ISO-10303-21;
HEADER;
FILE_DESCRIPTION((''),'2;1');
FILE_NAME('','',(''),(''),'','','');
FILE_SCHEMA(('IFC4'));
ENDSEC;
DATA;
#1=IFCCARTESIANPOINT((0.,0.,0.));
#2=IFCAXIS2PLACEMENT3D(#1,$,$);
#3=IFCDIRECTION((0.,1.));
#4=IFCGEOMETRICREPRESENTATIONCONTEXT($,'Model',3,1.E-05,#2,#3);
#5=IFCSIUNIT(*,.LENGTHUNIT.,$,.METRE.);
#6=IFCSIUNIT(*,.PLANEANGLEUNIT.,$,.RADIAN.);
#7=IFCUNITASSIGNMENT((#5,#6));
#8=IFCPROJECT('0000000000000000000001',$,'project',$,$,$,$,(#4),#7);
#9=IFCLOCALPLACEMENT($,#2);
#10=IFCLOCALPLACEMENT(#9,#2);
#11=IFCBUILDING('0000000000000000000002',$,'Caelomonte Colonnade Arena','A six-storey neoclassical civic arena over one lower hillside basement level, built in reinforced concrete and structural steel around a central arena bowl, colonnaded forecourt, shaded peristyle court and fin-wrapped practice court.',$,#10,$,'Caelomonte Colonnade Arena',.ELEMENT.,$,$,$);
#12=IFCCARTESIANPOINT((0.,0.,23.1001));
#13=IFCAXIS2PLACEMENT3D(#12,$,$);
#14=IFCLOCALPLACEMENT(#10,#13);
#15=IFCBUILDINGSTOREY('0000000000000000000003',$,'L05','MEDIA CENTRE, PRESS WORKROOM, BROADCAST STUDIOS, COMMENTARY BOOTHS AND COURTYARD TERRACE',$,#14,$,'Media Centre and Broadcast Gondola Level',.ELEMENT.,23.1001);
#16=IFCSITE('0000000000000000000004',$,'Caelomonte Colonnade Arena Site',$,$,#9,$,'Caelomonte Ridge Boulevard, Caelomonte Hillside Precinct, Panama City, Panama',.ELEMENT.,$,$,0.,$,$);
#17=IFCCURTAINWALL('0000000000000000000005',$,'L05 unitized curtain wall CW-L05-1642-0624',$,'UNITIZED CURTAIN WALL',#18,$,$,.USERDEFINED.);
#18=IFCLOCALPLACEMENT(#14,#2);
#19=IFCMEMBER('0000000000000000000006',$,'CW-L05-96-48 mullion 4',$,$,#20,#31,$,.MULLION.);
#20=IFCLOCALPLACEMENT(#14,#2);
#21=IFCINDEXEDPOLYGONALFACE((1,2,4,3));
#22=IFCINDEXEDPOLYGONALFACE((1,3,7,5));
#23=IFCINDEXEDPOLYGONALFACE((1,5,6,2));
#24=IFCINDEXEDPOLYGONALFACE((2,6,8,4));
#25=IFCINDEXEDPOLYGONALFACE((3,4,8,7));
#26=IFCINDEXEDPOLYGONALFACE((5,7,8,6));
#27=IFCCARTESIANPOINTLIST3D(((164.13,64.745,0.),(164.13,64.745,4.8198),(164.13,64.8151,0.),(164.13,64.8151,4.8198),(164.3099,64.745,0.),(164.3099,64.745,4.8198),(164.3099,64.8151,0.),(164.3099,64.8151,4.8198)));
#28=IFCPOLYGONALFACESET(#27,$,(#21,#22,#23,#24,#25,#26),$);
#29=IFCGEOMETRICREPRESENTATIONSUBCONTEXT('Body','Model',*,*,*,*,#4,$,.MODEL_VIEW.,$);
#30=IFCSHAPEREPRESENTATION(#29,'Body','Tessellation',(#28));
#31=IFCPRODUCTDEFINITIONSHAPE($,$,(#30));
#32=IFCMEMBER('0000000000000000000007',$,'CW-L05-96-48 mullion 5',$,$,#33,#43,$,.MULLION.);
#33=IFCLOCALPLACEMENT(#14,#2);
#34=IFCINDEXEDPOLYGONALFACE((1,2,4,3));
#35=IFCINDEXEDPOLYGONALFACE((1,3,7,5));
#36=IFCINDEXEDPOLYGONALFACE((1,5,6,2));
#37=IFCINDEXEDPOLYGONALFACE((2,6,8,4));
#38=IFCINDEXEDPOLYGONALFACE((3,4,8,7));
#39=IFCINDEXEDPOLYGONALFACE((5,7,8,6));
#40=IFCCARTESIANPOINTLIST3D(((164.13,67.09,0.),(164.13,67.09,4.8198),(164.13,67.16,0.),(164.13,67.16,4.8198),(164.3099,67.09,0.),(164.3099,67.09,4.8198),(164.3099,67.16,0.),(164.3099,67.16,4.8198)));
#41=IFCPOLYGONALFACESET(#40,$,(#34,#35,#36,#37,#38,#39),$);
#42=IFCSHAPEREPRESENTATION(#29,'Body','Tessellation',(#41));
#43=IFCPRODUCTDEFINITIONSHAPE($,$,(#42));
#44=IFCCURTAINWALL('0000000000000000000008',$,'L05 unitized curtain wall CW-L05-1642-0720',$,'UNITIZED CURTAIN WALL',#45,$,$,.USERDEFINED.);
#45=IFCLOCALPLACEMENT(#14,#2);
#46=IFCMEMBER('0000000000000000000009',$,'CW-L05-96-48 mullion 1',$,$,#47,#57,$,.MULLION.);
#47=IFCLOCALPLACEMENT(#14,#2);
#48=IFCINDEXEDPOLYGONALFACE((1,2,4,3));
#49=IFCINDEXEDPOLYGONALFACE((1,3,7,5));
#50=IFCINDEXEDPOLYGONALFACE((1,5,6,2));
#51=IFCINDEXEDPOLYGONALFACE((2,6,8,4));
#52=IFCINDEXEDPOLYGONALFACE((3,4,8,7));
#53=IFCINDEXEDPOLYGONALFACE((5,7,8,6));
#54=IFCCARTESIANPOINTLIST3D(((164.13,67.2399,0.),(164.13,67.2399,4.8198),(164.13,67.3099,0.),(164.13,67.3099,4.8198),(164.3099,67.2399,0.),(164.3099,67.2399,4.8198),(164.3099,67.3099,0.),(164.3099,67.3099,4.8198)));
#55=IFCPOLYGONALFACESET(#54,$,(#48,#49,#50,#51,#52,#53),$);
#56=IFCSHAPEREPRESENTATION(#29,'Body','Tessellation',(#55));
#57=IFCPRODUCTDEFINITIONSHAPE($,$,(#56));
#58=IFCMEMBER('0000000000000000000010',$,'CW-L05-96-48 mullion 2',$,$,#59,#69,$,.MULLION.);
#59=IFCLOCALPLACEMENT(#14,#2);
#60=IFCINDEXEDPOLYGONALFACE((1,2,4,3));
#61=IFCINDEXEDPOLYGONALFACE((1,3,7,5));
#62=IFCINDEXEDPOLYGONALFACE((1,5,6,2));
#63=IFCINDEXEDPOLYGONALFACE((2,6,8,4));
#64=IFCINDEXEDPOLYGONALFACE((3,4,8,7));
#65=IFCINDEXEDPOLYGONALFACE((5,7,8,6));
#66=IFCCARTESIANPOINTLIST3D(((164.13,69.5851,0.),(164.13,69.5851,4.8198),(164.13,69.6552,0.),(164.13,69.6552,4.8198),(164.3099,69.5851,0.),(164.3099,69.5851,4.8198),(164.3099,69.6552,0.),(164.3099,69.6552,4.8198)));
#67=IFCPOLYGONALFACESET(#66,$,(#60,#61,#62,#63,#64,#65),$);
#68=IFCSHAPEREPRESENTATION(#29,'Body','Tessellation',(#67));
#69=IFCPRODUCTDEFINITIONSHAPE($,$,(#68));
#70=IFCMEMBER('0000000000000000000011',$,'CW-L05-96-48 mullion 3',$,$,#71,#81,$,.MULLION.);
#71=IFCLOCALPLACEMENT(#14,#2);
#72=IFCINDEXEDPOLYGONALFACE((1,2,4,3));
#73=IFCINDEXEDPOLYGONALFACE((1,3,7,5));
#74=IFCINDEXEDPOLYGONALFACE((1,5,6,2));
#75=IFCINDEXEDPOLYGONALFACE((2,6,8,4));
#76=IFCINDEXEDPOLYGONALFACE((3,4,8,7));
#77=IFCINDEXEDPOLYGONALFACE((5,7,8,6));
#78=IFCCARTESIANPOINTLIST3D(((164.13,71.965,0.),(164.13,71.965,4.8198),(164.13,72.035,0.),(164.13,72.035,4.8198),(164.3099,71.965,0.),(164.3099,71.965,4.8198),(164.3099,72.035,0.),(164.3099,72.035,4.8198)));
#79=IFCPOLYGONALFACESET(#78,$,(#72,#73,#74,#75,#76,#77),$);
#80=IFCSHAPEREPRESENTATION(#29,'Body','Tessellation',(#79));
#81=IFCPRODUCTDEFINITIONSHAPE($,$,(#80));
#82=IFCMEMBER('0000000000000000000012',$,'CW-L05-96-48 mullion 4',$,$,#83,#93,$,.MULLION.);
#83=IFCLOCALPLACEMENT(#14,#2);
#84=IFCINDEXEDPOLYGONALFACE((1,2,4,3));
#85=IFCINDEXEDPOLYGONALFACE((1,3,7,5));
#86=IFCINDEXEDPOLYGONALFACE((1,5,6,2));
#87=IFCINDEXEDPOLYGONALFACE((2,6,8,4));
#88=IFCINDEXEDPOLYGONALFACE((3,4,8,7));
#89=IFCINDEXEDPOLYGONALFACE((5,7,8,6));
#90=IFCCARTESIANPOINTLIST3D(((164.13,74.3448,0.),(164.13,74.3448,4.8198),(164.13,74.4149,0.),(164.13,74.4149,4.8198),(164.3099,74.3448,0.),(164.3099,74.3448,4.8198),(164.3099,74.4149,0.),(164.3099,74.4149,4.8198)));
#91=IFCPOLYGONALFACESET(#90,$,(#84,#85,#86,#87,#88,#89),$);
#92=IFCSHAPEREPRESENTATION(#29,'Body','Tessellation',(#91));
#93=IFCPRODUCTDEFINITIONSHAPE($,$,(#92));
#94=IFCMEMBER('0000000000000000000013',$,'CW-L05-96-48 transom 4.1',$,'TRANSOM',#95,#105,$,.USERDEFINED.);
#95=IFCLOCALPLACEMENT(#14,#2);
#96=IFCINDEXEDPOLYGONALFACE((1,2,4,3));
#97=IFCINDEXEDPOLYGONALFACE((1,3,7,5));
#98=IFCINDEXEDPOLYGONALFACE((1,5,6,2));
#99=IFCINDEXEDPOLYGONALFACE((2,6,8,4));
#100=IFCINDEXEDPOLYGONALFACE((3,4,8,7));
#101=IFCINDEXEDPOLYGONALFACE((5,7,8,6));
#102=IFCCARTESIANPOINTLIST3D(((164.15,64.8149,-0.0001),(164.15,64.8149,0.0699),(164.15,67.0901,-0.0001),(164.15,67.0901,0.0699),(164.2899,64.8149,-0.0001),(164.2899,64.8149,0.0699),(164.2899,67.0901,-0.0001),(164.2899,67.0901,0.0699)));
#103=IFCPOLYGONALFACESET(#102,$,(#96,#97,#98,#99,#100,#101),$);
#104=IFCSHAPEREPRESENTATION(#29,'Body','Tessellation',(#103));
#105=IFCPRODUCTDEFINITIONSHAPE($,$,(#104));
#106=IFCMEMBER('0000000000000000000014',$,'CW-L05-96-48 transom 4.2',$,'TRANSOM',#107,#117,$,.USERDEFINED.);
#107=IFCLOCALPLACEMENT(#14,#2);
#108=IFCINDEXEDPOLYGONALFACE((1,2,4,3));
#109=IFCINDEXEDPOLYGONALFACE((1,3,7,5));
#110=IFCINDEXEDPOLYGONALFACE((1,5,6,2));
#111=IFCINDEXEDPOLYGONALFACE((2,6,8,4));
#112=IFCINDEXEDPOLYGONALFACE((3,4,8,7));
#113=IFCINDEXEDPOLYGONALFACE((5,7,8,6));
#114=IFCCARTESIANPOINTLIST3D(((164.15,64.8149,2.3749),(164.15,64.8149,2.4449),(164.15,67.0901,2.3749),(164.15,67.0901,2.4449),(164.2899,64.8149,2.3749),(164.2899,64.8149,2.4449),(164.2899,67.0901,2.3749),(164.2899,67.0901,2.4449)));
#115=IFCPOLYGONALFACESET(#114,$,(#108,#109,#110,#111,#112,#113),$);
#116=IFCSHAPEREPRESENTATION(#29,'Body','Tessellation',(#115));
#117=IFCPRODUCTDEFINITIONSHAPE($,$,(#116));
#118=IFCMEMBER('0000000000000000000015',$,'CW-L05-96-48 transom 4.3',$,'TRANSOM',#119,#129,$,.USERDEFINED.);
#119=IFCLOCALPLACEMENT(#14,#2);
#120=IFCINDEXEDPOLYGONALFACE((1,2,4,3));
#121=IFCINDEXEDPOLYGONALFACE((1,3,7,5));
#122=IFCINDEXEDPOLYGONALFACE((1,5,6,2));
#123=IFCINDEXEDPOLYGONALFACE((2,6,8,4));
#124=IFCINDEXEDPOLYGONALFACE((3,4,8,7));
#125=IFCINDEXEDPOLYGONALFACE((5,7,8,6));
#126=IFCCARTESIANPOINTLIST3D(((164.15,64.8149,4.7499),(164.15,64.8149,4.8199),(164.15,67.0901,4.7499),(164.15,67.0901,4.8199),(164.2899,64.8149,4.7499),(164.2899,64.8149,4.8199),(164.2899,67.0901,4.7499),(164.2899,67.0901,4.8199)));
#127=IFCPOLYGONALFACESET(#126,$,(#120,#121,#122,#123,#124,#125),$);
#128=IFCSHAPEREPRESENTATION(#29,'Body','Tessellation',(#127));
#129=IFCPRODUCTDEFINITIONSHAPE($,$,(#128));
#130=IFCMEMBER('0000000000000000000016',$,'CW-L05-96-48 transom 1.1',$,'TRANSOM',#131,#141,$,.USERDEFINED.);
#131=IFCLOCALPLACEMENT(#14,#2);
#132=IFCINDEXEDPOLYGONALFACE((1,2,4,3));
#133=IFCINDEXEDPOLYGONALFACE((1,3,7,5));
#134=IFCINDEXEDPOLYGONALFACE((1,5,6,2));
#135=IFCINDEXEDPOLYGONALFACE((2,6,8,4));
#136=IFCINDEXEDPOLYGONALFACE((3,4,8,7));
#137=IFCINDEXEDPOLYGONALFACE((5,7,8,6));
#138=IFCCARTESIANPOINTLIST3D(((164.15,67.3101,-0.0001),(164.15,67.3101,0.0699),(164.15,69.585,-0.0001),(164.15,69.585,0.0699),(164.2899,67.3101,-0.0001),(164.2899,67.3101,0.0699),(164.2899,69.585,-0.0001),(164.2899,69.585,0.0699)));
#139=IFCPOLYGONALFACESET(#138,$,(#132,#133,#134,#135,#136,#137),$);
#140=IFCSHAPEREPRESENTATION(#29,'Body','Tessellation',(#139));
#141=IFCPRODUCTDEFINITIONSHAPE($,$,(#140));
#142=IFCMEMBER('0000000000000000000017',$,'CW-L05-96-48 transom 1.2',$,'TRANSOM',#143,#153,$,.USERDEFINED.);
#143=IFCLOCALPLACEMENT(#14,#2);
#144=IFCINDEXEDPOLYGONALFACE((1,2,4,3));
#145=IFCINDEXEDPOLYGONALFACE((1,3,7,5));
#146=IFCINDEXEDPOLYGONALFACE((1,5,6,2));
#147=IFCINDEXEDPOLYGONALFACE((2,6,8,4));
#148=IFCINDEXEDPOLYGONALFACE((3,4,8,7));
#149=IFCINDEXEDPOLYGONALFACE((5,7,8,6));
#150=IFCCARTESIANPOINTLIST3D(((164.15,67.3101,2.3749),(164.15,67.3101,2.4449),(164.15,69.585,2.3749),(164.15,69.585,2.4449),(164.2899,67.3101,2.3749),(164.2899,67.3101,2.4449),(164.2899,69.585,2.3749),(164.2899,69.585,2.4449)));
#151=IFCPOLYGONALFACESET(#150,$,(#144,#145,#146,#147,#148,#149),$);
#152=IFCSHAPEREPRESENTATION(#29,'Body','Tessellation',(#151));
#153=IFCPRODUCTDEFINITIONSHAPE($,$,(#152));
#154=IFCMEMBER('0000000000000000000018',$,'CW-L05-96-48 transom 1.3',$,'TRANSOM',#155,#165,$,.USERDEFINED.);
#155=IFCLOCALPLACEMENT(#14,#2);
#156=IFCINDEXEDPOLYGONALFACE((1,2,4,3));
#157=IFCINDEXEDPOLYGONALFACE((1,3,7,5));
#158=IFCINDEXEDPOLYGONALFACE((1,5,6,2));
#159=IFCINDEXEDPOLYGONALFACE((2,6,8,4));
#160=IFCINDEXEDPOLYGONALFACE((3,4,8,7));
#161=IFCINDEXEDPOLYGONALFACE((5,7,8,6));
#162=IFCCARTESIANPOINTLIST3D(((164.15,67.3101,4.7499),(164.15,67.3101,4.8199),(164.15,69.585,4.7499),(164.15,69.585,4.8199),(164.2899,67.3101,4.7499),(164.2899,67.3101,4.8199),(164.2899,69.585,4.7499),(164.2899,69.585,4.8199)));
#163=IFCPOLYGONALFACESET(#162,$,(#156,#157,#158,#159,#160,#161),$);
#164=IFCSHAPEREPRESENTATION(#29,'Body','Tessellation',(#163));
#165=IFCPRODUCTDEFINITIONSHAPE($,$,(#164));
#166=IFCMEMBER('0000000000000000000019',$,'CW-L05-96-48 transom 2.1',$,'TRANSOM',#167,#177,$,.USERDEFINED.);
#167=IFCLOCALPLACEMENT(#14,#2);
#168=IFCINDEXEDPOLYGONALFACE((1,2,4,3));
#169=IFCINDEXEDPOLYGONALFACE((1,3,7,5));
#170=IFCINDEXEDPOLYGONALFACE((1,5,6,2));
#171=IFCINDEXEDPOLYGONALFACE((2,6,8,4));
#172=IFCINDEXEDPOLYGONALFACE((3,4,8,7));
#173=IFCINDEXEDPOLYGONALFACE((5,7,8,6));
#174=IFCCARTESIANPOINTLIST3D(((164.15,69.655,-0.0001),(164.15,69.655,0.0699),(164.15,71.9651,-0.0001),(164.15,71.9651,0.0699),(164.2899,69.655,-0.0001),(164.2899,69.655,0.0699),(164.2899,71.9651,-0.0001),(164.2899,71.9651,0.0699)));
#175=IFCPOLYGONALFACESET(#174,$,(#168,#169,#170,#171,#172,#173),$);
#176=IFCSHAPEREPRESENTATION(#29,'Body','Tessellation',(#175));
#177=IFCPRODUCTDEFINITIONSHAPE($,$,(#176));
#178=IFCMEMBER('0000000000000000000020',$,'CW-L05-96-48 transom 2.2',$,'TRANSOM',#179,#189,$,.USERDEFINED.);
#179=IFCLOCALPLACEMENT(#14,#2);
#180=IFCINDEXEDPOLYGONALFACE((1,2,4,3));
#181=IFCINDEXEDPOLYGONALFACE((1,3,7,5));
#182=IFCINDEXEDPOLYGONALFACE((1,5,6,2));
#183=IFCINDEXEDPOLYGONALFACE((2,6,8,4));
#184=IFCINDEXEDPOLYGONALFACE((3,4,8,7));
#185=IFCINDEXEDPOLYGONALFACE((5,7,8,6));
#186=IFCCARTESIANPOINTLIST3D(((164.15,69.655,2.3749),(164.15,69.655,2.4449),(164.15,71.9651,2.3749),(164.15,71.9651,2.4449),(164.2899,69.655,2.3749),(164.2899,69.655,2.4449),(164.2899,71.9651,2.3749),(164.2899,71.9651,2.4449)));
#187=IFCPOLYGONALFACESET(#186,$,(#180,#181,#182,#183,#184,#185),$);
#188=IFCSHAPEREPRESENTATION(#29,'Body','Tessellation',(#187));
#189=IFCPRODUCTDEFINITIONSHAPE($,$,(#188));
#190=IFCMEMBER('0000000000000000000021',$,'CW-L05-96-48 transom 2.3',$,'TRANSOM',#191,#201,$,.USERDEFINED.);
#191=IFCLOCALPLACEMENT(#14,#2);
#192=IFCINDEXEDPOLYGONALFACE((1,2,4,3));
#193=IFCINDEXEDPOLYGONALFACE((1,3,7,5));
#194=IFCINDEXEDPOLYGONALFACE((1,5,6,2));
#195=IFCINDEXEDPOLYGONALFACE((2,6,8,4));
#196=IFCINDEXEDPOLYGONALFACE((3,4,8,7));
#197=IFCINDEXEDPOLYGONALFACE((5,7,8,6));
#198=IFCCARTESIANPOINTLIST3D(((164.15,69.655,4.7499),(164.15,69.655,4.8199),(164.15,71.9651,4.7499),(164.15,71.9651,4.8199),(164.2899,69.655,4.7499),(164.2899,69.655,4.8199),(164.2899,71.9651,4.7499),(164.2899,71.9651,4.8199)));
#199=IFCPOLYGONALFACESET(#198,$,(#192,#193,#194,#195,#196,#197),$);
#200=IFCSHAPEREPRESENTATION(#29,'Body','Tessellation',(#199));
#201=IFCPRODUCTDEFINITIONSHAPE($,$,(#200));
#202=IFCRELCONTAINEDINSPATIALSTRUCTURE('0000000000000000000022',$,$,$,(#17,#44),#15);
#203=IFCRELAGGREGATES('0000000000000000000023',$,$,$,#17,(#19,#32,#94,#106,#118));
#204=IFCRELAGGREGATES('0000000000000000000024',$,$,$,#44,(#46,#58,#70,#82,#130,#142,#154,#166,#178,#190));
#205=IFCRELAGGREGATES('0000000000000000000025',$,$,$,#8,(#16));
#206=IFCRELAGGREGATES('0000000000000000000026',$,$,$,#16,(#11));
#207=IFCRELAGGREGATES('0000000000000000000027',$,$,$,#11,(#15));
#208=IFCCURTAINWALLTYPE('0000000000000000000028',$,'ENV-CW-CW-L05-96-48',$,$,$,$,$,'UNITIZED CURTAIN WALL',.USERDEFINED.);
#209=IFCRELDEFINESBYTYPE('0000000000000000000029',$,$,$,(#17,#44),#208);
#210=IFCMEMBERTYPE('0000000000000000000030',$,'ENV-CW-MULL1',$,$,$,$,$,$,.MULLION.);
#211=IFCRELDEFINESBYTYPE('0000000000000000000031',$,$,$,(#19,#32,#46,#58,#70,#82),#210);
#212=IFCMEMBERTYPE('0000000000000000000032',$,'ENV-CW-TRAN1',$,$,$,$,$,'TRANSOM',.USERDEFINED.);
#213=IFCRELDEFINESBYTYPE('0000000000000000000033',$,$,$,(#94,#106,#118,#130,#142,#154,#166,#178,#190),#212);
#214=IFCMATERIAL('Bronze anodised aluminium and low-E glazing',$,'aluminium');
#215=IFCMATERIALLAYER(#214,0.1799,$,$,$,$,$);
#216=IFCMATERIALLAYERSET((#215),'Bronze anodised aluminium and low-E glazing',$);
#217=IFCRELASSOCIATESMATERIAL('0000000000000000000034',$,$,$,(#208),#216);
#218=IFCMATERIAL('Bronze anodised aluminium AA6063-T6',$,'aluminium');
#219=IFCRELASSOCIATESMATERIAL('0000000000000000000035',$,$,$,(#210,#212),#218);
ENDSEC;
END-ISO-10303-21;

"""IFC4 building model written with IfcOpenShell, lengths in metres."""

from ifc_helpers import new_model, si_unit, direction, frame, origin, origin_2d, place, context, subcontext, project, spatial, rectangle, extrude, material, layer, layer_set, material_profile, profile_set, type_object, element, aggregate, save


model = new_model("IFC4")

# Units and contexts
model_context = context("Model", 3, precision=1e-05, world=origin(), true_north=direction((0.0, 1.0)))
body_context = subcontext(model_context, "Body", "Model", "MODEL_VIEW")
ifc_project = project(units=[si_unit("LENGTHUNIT", "METRE"), si_unit("PLANEANGLEUNIT", "RADIAN")], contexts=[model_context])

# Site, building, storey
site_placement = place(None, origin())
site = spatial("IfcSite", under=ifc_project, at=site_placement, Name="Caelomonte Colonnade Arena Site", LongName="Caelomonte Ridge Boulevard, Caelomonte Hillside Precinct, Panama City, Panama", CompositionType="ELEMENT", RefElevation=0.0)
building_placement = place(site_placement, origin())
building = spatial("IfcBuilding", under=site, at=building_placement, Name="Caelomonte Colonnade Arena", Description="A six-storey neoclassical civic arena over one lower hillside basement level, built in reinforced concrete and structural steel around a central arena bowl, colonnaded forecourt, shaded peristyle court and fin-wrapped practice court.", LongName="Caelomonte Colonnade Arena", CompositionType="ELEMENT")
storey_placement = place(building_placement, frame((0.0, 0.0, 23.1001)))
storey = spatial("IfcBuildingStorey", under=building, at=storey_placement, Name="L05", Description="MEDIA CENTRE, PRESS WORKROOM, BROADCAST STUDIOS, COMMENTARY BOOTHS AND COURTYARD TERRACE", LongName="Media Centre and Broadcast Gondola Level", CompositionType="ELEMENT", Elevation=23.1001)

# Curtain walls, members
ifc_material_1 = material(Name="Bronze anodised aluminium and low-E glazing", Category="aluminium")
ifc_layer_1 = layer(ifc_material_1, 0.1799)
ifc_layer_set_1 = layer_set([ifc_layer_1], Name="Bronze anodised aluminium and low-E glazing")
curtain_wall_type = type_object("IfcCurtainWallType", Name="ENV-CW-CW-L05-96-48", ElementType="UNITIZED CURTAIN WALL", PredefinedType="USERDEFINED", material=ifc_layer_set_1)
curtain_wall_1_placement = place(storey_placement, origin())
curtain_wall_1 = element("IfcCurtainWall", 1, at=curtain_wall_1_placement, inside=storey, type_object=curtain_wall_type, Name="L05 unitized curtain wall CW-L05-1642-0624", ObjectType="UNITIZED CURTAIN WALL", PredefinedType="USERDEFINED")
ifc_material_2 = material(Name="Bronze anodised aluminium AA6063-T6", Category="aluminium")
ifc_material_profile_1 = material_profile(ifc_material_2, rectangle(XDim=0.0701, YDim=0.1799, at=origin_2d()), Name="CWM-70X180")
ifc_profile_set_1 = profile_set([ifc_material_profile_1], Name="Bronze anodised aluminium AA6063-T6")
member_type_1 = type_object("IfcMemberType", Name="ENV-CW-MULL1", PredefinedType="MULLION", material=ifc_profile_set_1)
member_1_placement = place(storey_placement, frame((164.22, 64.78, 0.0), z_axis=(0.0, 0.0, 1.0), x_axis=(0.0, 1.0, 0.0)))
member_1 = element("IfcMember", 2, at=member_1_placement, type_object=member_type_1, Name="CW-L05-96-48 mullion 4", PredefinedType="MULLION", context=body_context, shape_type="SweptSolid", body=[
    extrude(rectangle(XDim=0.0701, YDim=0.1799, at=origin_2d()), origin(), (0.0, 0.0, 1.0), 4.8198),
])
member_2_placement = place(storey_placement, frame((164.22, 67.125, 0.0), z_axis=(0.0, 0.0, 1.0), x_axis=(0.0, 1.0, 0.0)))
member_2 = element("IfcMember", 3, at=member_2_placement, type_object=member_type_1, Name="CW-L05-96-48 mullion 5", PredefinedType="MULLION", context=body_context, shape_type="SweptSolid", body=[
    extrude(rectangle(XDim=0.0701, YDim=0.1799, at=origin_2d()), origin(), (0.0, 0.0, 1.0), 4.8198),
])
curtain_wall_2_placement = place(storey_placement, origin())
curtain_wall_2 = element("IfcCurtainWall", 4, at=curtain_wall_2_placement, inside=storey, type_object=curtain_wall_type, Name="L05 unitized curtain wall CW-L05-1642-0720", ObjectType="UNITIZED CURTAIN WALL", PredefinedType="USERDEFINED")
member_3_placement = place(storey_placement, frame((164.22, 67.2749, 0.0), z_axis=(0.0, 0.0, 1.0), x_axis=(0.0, 1.0, 0.0)))
member_3 = element("IfcMember", 5, at=member_3_placement, type_object=member_type_1, Name="CW-L05-96-48 mullion 1", PredefinedType="MULLION", context=body_context, shape_type="SweptSolid", body=[
    extrude(rectangle(XDim=0.0701, YDim=0.1799, at=origin_2d()), origin(), (0.0, 0.0, 1.0), 4.8198),
])
member_4_placement = place(storey_placement, frame((164.22, 69.6201, 0.0), z_axis=(0.0, 0.0, 1.0), x_axis=(0.0, 1.0, 0.0)))
member_4 = element("IfcMember", 6, at=member_4_placement, type_object=member_type_1, Name="CW-L05-96-48 mullion 2", PredefinedType="MULLION", context=body_context, shape_type="SweptSolid", body=[
    extrude(rectangle(XDim=0.0701, YDim=0.1799, at=origin_2d()), origin(), (0.0, 0.0, 1.0), 4.8198),
])
member_5_placement = place(storey_placement, frame((164.22, 72.0, 0.0), z_axis=(0.0, 0.0, 1.0), x_axis=(0.0, 1.0, 0.0)))
member_5 = element("IfcMember", 7, at=member_5_placement, type_object=member_type_1, Name="CW-L05-96-48 mullion 3", PredefinedType="MULLION", context=body_context, shape_type="SweptSolid", body=[
    extrude(rectangle(XDim=0.0701, YDim=0.1799, at=origin_2d()), origin(), (0.0, 0.0, 1.0), 4.8198),
])
member_6_placement = place(storey_placement, frame((164.22, 74.3799, 0.0), z_axis=(0.0, 0.0, 1.0), x_axis=(0.0, 1.0, 0.0)))
member_6 = element("IfcMember", 8, at=member_6_placement, type_object=member_type_1, Name="CW-L05-96-48 mullion 4", PredefinedType="MULLION", context=body_context, shape_type="SweptSolid", body=[
    extrude(rectangle(XDim=0.0701, YDim=0.1799, at=origin_2d()), origin(), (0.0, 0.0, 1.0), 4.8198),
])

# Members
ifc_material_profile_2 = material_profile(ifc_material_2, rectangle(XDim=0.0701, YDim=0.1399, at=origin_2d()), Name="CWT-70X140")
ifc_profile_set_2 = profile_set([ifc_material_profile_2], Name="Bronze anodised aluminium AA6063-T6")
member_type_2 = type_object("IfcMemberType", Name="ENV-CW-TRAN1", ElementType="TRANSOM", PredefinedType="USERDEFINED", material=ifc_profile_set_2)
member_7_placement = place(storey_placement, frame((164.22, 64.8149, 0.0349), z_axis=(0.0, 1.0, 0.0), x_axis=(0.0, 0.0, 1.0)))
member_7 = element("IfcMember", 9, at=member_7_placement, type_object=member_type_2, Name="CW-L05-96-48 transom 4.1", ObjectType="TRANSOM", PredefinedType="USERDEFINED", context=body_context, shape_type="SweptSolid", body=[
    extrude(rectangle(XDim=0.0701, YDim=0.1399, at=origin_2d()), origin(), (0.0, 0.0, 1.0), 2.2751),
])
member_8_placement = place(storey_placement, frame((164.22, 64.8149, 2.4099), z_axis=(0.0, 1.0, 0.0), x_axis=(0.0, 0.0, 1.0)))
member_8 = element("IfcMember", 10, at=member_8_placement, type_object=member_type_2, Name="CW-L05-96-48 transom 4.2", ObjectType="TRANSOM", PredefinedType="USERDEFINED", context=body_context, shape_type="SweptSolid", body=[
    extrude(rectangle(XDim=0.0701, YDim=0.1399, at=origin_2d()), origin(), (0.0, 0.0, 1.0), 2.2751),
])
member_9_placement = place(storey_placement, frame((164.22, 64.8149, 4.7849), z_axis=(0.0, 1.0, 0.0), x_axis=(0.0, 0.0, 1.0)))
member_9 = element("IfcMember", 11, at=member_9_placement, type_object=member_type_2, Name="CW-L05-96-48 transom 4.3", ObjectType="TRANSOM", PredefinedType="USERDEFINED", context=body_context, shape_type="SweptSolid", body=[
    extrude(rectangle(XDim=0.0701, YDim=0.1399, at=origin_2d()), origin(), (0.0, 0.0, 1.0), 2.2751),
])
member_10_placement = place(storey_placement, frame((164.22, 67.3101, 0.0349), z_axis=(0.0, 1.0, 0.0), x_axis=(0.0, 0.0, 1.0)))
member_10 = element("IfcMember", 12, at=member_10_placement, type_object=member_type_2, Name="CW-L05-96-48 transom 1.1", ObjectType="TRANSOM", PredefinedType="USERDEFINED", context=body_context, shape_type="SweptSolid", body=[
    extrude(rectangle(XDim=0.0701, YDim=0.1399, at=origin_2d()), origin(), (0.0, 0.0, 1.0), 2.2749),
])
member_11_placement = place(storey_placement, frame((164.22, 67.3101, 2.4099), z_axis=(0.0, 1.0, 0.0), x_axis=(0.0, 0.0, 1.0)))
member_11 = element("IfcMember", 13, at=member_11_placement, type_object=member_type_2, Name="CW-L05-96-48 transom 1.2", ObjectType="TRANSOM", PredefinedType="USERDEFINED", context=body_context, shape_type="SweptSolid", body=[
    extrude(rectangle(XDim=0.0701, YDim=0.1399, at=origin_2d()), origin(), (0.0, 0.0, 1.0), 2.2749),
])
member_12_placement = place(storey_placement, frame((164.22, 67.3101, 4.7849), z_axis=(0.0, 1.0, 0.0), x_axis=(0.0, 0.0, 1.0)))
member_12 = element("IfcMember", 14, at=member_12_placement, type_object=member_type_2, Name="CW-L05-96-48 transom 1.3", ObjectType="TRANSOM", PredefinedType="USERDEFINED", context=body_context, shape_type="SweptSolid", body=[
    extrude(rectangle(XDim=0.0701, YDim=0.1399, at=origin_2d()), origin(), (0.0, 0.0, 1.0), 2.2749),
])
member_13_placement = place(storey_placement, frame((164.22, 69.655, 0.0349), z_axis=(0.0, 1.0, 0.0), x_axis=(0.0, 0.0, 1.0)))
member_13 = element("IfcMember", 15, at=member_13_placement, type_object=member_type_2, Name="CW-L05-96-48 transom 2.1", ObjectType="TRANSOM", PredefinedType="USERDEFINED", context=body_context, shape_type="SweptSolid", body=[
    extrude(rectangle(XDim=0.0701, YDim=0.1399, at=origin_2d()), origin(), (0.0, 0.0, 1.0), 2.3101),
])
member_14_placement = place(storey_placement, frame((164.22, 69.655, 2.4099), z_axis=(0.0, 1.0, 0.0), x_axis=(0.0, 0.0, 1.0)))
member_14 = element("IfcMember", 16, at=member_14_placement, type_object=member_type_2, Name="CW-L05-96-48 transom 2.2", ObjectType="TRANSOM", PredefinedType="USERDEFINED", context=body_context, shape_type="SweptSolid", body=[
    extrude(rectangle(XDim=0.0701, YDim=0.1399, at=origin_2d()), origin(), (0.0, 0.0, 1.0), 2.3101),
])
member_15_placement = place(storey_placement, frame((164.22, 69.655, 4.7849), z_axis=(0.0, 1.0, 0.0), x_axis=(0.0, 0.0, 1.0)))
member_15 = element("IfcMember", 17, at=member_15_placement, type_object=member_type_2, Name="CW-L05-96-48 transom 2.3", ObjectType="TRANSOM", PredefinedType="USERDEFINED", context=body_context, shape_type="SweptSolid", body=[
    extrude(rectangle(XDim=0.0701, YDim=0.1399, at=origin_2d()), origin(), (0.0, 0.0, 1.0), 2.3101),
])

aggregate(curtain_wall_1, [member_1, member_2, member_7, member_8, member_9])
aggregate(curtain_wall_2, [member_3, member_4, member_5, member_6, member_10, member_11, member_12, member_13, member_14, member_15])

save(model, "model.ifc")
